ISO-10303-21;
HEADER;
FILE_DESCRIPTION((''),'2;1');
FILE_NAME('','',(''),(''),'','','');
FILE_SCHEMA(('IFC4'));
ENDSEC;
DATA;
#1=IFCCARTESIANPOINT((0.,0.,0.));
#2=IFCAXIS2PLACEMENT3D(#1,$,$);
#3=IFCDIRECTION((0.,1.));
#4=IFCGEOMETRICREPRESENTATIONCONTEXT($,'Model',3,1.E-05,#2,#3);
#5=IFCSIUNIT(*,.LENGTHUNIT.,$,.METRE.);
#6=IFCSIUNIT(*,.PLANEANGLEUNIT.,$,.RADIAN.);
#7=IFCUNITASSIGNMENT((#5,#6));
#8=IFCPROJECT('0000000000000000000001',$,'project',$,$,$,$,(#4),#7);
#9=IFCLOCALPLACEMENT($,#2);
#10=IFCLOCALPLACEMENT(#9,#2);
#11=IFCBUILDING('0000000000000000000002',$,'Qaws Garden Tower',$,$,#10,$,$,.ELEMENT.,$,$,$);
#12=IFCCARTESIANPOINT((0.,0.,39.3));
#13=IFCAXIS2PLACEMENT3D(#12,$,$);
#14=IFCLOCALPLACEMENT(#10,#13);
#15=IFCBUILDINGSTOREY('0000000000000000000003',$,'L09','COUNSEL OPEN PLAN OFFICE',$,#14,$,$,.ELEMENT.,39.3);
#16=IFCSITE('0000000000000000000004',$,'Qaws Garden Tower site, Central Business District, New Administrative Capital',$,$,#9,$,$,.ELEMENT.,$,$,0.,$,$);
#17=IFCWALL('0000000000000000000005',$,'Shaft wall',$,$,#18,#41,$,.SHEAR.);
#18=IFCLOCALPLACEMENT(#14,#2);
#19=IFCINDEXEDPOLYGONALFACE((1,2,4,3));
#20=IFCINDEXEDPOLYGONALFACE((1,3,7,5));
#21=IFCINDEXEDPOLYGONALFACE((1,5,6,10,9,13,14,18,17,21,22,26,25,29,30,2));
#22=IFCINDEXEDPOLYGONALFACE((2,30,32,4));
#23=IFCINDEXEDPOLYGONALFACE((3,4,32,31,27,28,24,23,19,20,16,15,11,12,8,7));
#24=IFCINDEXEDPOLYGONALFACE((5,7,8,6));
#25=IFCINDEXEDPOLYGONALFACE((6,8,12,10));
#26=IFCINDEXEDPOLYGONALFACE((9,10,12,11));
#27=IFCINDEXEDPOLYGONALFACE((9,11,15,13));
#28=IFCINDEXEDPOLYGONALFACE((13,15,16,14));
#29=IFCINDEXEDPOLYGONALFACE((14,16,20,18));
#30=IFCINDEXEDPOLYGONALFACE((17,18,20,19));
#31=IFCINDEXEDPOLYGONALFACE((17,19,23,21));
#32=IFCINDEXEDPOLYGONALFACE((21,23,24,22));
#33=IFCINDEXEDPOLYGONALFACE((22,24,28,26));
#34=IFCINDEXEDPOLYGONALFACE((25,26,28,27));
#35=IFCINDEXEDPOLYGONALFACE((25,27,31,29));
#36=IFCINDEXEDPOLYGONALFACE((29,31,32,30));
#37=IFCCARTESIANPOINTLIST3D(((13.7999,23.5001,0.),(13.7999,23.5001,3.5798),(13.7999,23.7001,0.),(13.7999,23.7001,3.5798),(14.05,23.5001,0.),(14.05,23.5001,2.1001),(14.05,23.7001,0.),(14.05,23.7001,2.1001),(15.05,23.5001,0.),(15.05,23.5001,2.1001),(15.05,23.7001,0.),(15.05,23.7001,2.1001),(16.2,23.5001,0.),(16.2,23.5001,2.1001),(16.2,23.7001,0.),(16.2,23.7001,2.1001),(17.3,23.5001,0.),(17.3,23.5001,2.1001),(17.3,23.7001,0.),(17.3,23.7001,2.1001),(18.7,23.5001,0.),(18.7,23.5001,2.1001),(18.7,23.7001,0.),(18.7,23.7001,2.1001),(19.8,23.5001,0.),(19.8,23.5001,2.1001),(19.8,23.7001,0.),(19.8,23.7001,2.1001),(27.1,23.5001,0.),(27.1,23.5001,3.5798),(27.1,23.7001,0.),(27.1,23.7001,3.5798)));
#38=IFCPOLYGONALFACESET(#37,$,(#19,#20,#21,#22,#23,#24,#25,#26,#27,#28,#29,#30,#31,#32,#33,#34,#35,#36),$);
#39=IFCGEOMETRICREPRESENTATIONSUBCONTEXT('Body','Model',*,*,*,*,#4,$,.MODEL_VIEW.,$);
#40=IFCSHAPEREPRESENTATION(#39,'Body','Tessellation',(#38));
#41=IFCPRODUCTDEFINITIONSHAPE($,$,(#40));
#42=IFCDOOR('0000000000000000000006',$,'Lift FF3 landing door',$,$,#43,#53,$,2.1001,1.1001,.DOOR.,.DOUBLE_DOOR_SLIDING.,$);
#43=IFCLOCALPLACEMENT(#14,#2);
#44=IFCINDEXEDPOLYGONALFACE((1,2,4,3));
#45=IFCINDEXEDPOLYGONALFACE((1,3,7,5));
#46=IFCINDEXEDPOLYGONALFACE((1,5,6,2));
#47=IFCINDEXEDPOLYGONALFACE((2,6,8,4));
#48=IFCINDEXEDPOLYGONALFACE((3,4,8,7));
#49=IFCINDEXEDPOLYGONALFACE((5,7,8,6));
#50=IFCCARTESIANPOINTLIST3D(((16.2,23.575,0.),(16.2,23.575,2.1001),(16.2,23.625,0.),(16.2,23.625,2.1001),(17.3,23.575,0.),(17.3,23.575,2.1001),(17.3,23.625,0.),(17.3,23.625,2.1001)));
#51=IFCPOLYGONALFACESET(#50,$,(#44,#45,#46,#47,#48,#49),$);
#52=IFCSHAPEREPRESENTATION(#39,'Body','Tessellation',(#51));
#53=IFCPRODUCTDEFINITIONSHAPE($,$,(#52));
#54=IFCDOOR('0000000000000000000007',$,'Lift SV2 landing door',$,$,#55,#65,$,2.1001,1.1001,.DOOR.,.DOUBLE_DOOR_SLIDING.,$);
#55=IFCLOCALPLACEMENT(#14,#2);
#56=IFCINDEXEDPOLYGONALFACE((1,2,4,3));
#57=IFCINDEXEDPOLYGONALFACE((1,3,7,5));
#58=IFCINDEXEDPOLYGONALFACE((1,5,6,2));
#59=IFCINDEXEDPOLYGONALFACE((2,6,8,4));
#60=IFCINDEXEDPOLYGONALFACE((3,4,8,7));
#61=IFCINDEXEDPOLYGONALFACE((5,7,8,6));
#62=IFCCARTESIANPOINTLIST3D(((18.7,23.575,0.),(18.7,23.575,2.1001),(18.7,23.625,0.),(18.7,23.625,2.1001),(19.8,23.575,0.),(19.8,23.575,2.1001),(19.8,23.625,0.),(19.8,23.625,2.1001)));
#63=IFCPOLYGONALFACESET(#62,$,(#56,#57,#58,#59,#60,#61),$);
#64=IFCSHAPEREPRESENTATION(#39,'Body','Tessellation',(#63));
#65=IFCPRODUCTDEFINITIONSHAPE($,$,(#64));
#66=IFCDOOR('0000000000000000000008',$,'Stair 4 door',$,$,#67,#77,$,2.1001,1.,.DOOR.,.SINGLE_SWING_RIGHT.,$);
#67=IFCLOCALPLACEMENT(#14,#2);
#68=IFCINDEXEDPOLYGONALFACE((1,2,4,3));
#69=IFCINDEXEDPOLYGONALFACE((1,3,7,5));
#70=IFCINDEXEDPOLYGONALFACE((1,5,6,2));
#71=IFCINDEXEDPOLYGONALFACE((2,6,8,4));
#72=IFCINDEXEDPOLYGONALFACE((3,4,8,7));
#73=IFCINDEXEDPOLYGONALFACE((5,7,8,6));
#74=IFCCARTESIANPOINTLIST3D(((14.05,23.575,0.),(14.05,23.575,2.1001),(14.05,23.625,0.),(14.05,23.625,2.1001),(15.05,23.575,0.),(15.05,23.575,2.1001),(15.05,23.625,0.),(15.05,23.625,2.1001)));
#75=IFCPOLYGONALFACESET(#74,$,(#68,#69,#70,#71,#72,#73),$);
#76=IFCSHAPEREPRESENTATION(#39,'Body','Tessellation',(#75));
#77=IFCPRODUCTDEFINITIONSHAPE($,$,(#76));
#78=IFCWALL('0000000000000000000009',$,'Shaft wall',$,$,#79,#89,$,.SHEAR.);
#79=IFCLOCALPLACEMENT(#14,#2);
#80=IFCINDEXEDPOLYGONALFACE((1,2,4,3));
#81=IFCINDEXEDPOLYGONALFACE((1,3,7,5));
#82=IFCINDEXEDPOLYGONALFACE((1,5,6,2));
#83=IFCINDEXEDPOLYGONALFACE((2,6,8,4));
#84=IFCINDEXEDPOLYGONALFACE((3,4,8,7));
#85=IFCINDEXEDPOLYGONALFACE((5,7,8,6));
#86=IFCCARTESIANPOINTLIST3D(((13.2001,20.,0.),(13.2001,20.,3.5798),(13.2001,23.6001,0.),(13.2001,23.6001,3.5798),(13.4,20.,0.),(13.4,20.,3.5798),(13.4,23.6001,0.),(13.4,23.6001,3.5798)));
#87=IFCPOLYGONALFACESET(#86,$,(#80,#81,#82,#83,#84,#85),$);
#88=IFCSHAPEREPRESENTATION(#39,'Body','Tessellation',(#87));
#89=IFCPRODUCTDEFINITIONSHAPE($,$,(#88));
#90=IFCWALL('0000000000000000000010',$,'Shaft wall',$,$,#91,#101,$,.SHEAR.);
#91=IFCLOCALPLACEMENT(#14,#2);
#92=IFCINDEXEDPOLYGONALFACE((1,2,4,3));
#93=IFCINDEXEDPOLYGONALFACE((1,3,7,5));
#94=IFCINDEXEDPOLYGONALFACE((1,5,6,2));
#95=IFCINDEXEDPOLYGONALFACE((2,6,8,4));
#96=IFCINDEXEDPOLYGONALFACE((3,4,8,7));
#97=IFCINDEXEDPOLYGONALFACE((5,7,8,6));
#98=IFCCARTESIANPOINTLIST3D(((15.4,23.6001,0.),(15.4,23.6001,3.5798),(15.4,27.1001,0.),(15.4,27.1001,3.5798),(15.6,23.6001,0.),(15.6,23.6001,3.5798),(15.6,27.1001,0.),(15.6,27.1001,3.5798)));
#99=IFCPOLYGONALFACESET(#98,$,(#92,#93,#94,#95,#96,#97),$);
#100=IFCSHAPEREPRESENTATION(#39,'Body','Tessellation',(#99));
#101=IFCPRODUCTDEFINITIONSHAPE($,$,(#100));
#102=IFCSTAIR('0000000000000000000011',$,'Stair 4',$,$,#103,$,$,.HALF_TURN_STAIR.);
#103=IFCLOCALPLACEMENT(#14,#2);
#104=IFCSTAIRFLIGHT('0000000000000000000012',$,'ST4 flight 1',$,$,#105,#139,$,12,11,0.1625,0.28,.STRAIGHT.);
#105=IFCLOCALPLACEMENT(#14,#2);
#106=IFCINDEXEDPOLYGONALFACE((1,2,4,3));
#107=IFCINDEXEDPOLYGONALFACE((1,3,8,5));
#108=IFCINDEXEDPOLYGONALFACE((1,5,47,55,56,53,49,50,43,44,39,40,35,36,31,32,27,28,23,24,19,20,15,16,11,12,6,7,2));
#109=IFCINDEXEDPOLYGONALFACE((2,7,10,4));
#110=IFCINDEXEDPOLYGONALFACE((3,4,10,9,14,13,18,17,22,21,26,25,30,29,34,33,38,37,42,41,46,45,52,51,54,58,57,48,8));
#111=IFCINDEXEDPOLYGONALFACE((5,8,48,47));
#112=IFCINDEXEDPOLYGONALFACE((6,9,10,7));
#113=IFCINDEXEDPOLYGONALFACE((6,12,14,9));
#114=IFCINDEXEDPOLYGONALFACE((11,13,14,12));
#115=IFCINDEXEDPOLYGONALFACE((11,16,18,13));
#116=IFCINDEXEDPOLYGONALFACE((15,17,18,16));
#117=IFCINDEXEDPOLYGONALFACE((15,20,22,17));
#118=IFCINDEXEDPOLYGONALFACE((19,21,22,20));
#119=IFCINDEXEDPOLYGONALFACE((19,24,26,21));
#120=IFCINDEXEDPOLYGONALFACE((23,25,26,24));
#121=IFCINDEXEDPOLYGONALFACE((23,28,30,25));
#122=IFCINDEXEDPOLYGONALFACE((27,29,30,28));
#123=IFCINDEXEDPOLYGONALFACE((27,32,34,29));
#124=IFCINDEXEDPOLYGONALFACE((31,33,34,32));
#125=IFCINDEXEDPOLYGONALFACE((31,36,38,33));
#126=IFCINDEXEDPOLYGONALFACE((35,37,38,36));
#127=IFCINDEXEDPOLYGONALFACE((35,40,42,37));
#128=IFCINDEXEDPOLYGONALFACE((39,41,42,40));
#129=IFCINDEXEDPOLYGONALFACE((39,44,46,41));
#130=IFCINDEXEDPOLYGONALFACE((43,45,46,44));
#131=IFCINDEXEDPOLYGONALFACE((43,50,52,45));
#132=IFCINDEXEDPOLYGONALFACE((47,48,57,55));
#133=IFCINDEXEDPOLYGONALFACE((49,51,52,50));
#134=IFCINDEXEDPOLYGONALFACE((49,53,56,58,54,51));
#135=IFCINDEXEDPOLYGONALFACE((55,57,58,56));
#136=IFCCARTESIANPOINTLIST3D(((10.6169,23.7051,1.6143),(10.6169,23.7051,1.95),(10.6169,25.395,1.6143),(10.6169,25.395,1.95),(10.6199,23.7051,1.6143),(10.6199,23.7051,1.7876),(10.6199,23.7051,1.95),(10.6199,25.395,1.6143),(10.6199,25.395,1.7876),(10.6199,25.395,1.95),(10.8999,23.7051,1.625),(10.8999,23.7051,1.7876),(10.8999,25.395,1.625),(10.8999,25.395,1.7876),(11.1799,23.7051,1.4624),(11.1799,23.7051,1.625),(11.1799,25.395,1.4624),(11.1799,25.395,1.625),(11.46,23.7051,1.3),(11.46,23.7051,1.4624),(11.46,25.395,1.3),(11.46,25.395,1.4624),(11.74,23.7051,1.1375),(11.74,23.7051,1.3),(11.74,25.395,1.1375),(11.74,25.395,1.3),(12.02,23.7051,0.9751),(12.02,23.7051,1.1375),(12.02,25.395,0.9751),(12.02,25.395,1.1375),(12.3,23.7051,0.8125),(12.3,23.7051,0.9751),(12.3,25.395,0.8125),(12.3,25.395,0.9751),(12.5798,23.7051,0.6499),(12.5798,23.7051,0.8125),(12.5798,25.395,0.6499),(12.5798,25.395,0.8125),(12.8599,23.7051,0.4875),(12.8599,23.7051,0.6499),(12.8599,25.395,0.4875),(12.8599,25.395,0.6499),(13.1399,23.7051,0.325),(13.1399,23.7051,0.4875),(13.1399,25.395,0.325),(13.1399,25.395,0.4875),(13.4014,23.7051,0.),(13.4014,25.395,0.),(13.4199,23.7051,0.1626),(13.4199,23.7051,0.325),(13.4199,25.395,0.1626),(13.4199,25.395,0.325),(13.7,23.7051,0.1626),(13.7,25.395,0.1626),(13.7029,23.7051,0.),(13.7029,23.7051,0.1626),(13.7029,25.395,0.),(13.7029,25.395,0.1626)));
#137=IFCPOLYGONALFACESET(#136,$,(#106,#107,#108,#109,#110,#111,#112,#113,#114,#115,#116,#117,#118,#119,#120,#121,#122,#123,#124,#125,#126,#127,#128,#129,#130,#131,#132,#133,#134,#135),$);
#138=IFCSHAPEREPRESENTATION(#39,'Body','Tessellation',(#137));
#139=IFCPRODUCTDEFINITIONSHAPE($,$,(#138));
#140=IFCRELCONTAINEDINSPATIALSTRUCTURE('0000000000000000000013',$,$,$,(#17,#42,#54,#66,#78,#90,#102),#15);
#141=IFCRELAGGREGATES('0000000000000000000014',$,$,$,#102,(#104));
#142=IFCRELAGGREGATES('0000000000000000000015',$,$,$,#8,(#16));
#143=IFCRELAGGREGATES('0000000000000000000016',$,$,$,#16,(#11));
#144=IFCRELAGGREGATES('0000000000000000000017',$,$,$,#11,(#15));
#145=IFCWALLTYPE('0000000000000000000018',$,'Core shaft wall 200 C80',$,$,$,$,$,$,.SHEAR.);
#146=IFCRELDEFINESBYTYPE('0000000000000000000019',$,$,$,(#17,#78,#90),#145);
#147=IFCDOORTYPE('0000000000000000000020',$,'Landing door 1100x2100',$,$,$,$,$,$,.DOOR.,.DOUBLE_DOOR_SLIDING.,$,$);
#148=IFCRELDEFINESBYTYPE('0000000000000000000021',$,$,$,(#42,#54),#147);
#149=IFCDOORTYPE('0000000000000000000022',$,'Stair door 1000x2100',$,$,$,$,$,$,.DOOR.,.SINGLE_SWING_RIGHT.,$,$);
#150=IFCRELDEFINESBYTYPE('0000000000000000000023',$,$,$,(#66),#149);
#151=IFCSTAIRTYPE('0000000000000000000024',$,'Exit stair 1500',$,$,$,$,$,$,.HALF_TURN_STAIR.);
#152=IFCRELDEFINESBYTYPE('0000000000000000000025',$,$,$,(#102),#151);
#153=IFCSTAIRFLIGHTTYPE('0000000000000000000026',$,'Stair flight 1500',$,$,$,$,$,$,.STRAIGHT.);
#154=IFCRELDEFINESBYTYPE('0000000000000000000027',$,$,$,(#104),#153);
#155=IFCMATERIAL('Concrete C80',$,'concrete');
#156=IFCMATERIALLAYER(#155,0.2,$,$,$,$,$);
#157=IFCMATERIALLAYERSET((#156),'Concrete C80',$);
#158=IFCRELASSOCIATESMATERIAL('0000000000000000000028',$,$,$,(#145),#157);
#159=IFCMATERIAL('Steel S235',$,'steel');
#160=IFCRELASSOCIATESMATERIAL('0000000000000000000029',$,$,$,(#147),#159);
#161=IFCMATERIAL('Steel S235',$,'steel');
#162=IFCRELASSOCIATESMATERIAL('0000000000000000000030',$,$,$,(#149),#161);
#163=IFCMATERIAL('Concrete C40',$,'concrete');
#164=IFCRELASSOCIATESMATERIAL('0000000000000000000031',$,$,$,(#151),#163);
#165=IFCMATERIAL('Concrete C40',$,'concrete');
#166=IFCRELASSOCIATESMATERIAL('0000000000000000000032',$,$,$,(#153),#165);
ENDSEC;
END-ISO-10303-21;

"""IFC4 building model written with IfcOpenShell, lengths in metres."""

from ifc_helpers import new_model, si_unit, direction, frame, frame_2d, origin, place, context, subcontext, project, spatial, polyline, rectangle, outline, extrude, material, layer, layer_set, type_object, element, fill, aggregate, save


model = new_model("IFC4")

# Units and contexts
model_context = context("Model", 3, precision=1e-05, world=origin(), true_north=direction((0.0, 1.0)))
body_context = subcontext(model_context, "Body", "Model", "MODEL_VIEW")
ifc_project = project(units=[si_unit("LENGTHUNIT", "METRE"), si_unit("PLANEANGLEUNIT", "RADIAN")], contexts=[model_context])

# Site, building, storey
site_placement = place(None, origin())
site = spatial("IfcSite", under=ifc_project, at=site_placement, Name="Qaws Garden Tower site, Central Business District, New Administrative Capital", CompositionType="ELEMENT", RefElevation=0.0)
building_placement = place(site_placement, origin())
building = spatial("IfcBuilding", under=site, at=building_placement, Name="Qaws Garden Tower", CompositionType="ELEMENT")
storey_placement = place(building_placement, frame((0.0, 0.0, 39.3)))
storey = spatial("IfcBuildingStorey", under=building, at=storey_placement, Name="L09", Description="COUNSEL OPEN PLAN OFFICE", CompositionType="ELEMENT", Elevation=39.3)

# Shared definitions
ifc_material_1 = material(Name="Concrete C80", Category="concrete")
ifc_layer_1 = layer(ifc_material_1, 0.2)
ifc_layer_set_1 = layer_set([ifc_layer_1], Name="Concrete C80")
wall_type_1 = type_object("IfcWallType", Name="Core shaft wall 200 C80", PredefinedType="SHEAR", material=ifc_layer_set_1)

# Wall, openings, doors
wall_1_placement = place(storey_placement, frame((13.8, 23.6001, 0.0), z_axis=(0.0, 0.0, 1.0), x_axis=(1.0, 0.0, 0.0)))
wall_1 = element("IfcWall", 1, at=wall_1_placement, inside=storey, type_object=wall_type_1, Name="Shaft wall", PredefinedType="SHEAR", context=body_context, shape_type="SweptSolid", body=[
    extrude(rectangle(XDim=13.3, YDim=0.2, at=frame_2d((6.6499, 0.0))), origin(), (0.0, 0.0, 1.0), 3.5798),
])
opening_1_placement = place(wall_1_placement, frame((2.3999, 0.0, 0.0)))
opening_1 = element("IfcOpeningElement", 2, at=opening_1_placement, cuts=wall_1, PredefinedType="OPENING", context=body_context, shape_type="SweptSolid", body=[
    extrude(rectangle(XDim=1.1001, YDim=2.1001, at=frame_2d((0.55, 1.05))), frame((0.0, 0.1099, 0.0), z_axis=(0.0, -1.0, 0.0), x_axis=(1.0, 0.0, 0.0)), (0.0, 0.0, 1.0), 0.22),
])
opening_2_placement = place(wall_1_placement, frame((4.8999, 0.0, 0.0)))
opening_2 = element("IfcOpeningElement", 3, at=opening_2_placement, cuts=wall_1, PredefinedType="OPENING", context=body_context, shape_type="SweptSolid", body=[
    extrude(rectangle(XDim=1.1001, YDim=2.1001, at=frame_2d((0.55, 1.05))), frame((0.0, 0.1099, 0.0), z_axis=(0.0, -1.0, 0.0), x_axis=(1.0, 0.0, 0.0)), (0.0, 0.0, 1.0), 0.22),
])
opening_3_placement = place(wall_1_placement, frame((0.25, 0.0, 0.0)))
opening_3 = element("IfcOpeningElement", 4, at=opening_3_placement, cuts=wall_1, PredefinedType="OPENING", context=body_context, shape_type="SweptSolid", body=[
    extrude(rectangle(XDim=1.0, YDim=2.1001, at=frame_2d((0.5, 1.05))), frame((0.0, 0.1099, 0.0), z_axis=(0.0, -1.0, 0.0), x_axis=(1.0, 0.0, 0.0)), (0.0, 0.0, 1.0), 0.22),
])
ifc_material_2 = material(Name="Steel S235", Category="steel")
door_type_1 = type_object("IfcDoorType", Name="Landing door 1100x2100", OperationType="DOUBLE_DOOR_SLIDING", PredefinedType="DOOR", material=ifc_material_2)
door_1_placement = place(opening_1_placement, origin())
door_1 = element("IfcDoor", 5, at=door_1_placement, inside=storey, type_object=door_type_1, Name="Lift FF3 landing door", OperationType="DOUBLE_DOOR_SLIDING", OverallHeight=2.1001, OverallWidth=1.1001, PredefinedType="DOOR", context=body_context, shape_type="SweptSolid", body=[
    extrude(rectangle(XDim=1.1001, YDim=2.1001, at=frame_2d((0.55, 1.05))), frame((0.0, 0.0249, 0.0), z_axis=(0.0, -1.0, 0.0), x_axis=(1.0, 0.0, 0.0)), (0.0, 0.0, 1.0), 0.05),
])
fill(opening_1, door_1)
door_2_placement = place(opening_2_placement, origin())
door_2 = element("IfcDoor", 6, at=door_2_placement, inside=storey, type_object=door_type_1, Name="Lift SV2 landing door", OperationType="DOUBLE_DOOR_SLIDING", OverallHeight=2.1001, OverallWidth=1.1001, PredefinedType="DOOR", context=body_context, shape_type="SweptSolid", body=[
    extrude(rectangle(XDim=1.1001, YDim=2.1001, at=frame_2d((0.55, 1.05))), frame((0.0, 0.0249, 0.0), z_axis=(0.0, -1.0, 0.0), x_axis=(1.0, 0.0, 0.0)), (0.0, 0.0, 1.0), 0.05),
])
fill(opening_2, door_2)
ifc_material_3 = material(Name="Steel S235", Category="steel")
door_type_2 = type_object("IfcDoorType", Name="Stair door 1000x2100", OperationType="SINGLE_SWING_RIGHT", PredefinedType="DOOR", material=ifc_material_3)
door_3_placement = place(opening_3_placement, origin())
door_3 = element("IfcDoor", 7, at=door_3_placement, inside=storey, type_object=door_type_2, Name="Stair 4 door", OperationType="SINGLE_SWING_RIGHT", OverallHeight=2.1001, OverallWidth=1.0, PredefinedType="DOOR", context=body_context, shape_type="SweptSolid", body=[
    extrude(rectangle(XDim=1.0, YDim=2.1001, at=frame_2d((0.5, 1.05))), frame((0.0, 0.0249, 0.0), z_axis=(0.0, -1.0, 0.0), x_axis=(1.0, 0.0, 0.0)), (0.0, 0.0, 1.0), 0.05),
])
fill(opening_3, door_3)

# Walls
wall_2_placement = place(storey_placement, frame((13.3, 20.0, 0.0), z_axis=(0.0, 0.0, 1.0), x_axis=(0.0, 1.0, 0.0)))
element("IfcWall", 8, at=wall_2_placement, inside=storey, type_object=wall_type_1, Name="Shaft wall", PredefinedType="SHEAR", context=body_context, shape_type="SweptSolid", body=[
    extrude(rectangle(XDim=3.6001, YDim=0.2, at=frame_2d((1.8, 0.0))), origin(), (0.0, 0.0, 1.0), 3.5798),
])
wall_3_placement = place(storey_placement, frame((15.5, 23.6001, 0.0), z_axis=(0.0, 0.0, 1.0), x_axis=(0.0, 1.0, 0.0)))
element("IfcWall", 9, at=wall_3_placement, inside=storey, type_object=wall_type_1, Name="Shaft wall", PredefinedType="SHEAR", context=body_context, shape_type="SweptSolid", body=[
    extrude(rectangle(XDim=3.5, YDim=0.2, at=frame_2d((1.75, 0.0))), origin(), (0.0, 0.0, 1.0), 3.5798),
])

# Stair, stair flight
ifc_material_4 = material(Name="Concrete C40", Category="concrete")
stair_type = type_object("IfcStairType", Name="Exit stair 1500", PredefinedType="HALF_TURN_STAIR", material=ifc_material_4)
stair_placement = place(storey_placement, origin())
stair = element("IfcStair", 10, at=stair_placement, inside=storey, type_object=stair_type, Name="Stair 4", PredefinedType="HALF_TURN_STAIR")
ifc_material_5 = material(Name="Concrete C40", Category="concrete")
stair_flight_type = type_object("IfcStairFlightType", Name="Stair flight 1500", PredefinedType="STRAIGHT", material=ifc_material_5)
stair_flight_1_placement = place(storey_placement, frame((13.7, 24.55, 0.0), z_axis=(0.0, 0.0, 1.0), x_axis=(-1.0, 0.0, 0.0)))
stair_flight_1 = element("IfcStairFlight", 11, at=stair_flight_1_placement, type_object=stair_flight_type, Name="ST4 flight 1", NumberOfRisers=12, NumberOfTreads=11, PredefinedType="STRAIGHT", RiserHeight=0.1625, TreadLength=0.28, context=body_context, shape_type="SweptSolid", body=[
    extrude(outline(polyline([(-0.0029, 0.0), (-0.0029, 0.1626), (0.0, 0.1626), (0.28, 0.1626), (0.28, 0.325), (0.5601, 0.325), (0.5601, 0.4875), (0.8401, 0.4875), (0.8401, 0.6499), (1.1201, 0.6499), (1.1201, 0.8125), (1.3999, 0.8125), (1.3999, 0.9751), (1.6799, 0.9751), (1.6799, 1.1375), (1.96, 1.1375), (1.96, 1.3), (2.24, 1.3), (2.24, 1.4624), (2.52, 1.4624), (2.52, 1.625), (2.8, 1.625), (2.8, 1.7876), (3.0801, 1.7876), (3.0801, 1.95), (3.083, 1.95), (3.083, 1.6143), (3.0801, 1.6143), (0.2986, 0.0), (-0.0029, 0.0)])), frame((0.0, 0.845, 0.0), z_axis=(0.0, -1.0, 0.0), x_axis=(1.0, 0.0, 0.0)), (0.0, 0.0, 1.0), 1.6899),
])
aggregate(stair, [stair_flight_1])

save(model, "model.ifc")
